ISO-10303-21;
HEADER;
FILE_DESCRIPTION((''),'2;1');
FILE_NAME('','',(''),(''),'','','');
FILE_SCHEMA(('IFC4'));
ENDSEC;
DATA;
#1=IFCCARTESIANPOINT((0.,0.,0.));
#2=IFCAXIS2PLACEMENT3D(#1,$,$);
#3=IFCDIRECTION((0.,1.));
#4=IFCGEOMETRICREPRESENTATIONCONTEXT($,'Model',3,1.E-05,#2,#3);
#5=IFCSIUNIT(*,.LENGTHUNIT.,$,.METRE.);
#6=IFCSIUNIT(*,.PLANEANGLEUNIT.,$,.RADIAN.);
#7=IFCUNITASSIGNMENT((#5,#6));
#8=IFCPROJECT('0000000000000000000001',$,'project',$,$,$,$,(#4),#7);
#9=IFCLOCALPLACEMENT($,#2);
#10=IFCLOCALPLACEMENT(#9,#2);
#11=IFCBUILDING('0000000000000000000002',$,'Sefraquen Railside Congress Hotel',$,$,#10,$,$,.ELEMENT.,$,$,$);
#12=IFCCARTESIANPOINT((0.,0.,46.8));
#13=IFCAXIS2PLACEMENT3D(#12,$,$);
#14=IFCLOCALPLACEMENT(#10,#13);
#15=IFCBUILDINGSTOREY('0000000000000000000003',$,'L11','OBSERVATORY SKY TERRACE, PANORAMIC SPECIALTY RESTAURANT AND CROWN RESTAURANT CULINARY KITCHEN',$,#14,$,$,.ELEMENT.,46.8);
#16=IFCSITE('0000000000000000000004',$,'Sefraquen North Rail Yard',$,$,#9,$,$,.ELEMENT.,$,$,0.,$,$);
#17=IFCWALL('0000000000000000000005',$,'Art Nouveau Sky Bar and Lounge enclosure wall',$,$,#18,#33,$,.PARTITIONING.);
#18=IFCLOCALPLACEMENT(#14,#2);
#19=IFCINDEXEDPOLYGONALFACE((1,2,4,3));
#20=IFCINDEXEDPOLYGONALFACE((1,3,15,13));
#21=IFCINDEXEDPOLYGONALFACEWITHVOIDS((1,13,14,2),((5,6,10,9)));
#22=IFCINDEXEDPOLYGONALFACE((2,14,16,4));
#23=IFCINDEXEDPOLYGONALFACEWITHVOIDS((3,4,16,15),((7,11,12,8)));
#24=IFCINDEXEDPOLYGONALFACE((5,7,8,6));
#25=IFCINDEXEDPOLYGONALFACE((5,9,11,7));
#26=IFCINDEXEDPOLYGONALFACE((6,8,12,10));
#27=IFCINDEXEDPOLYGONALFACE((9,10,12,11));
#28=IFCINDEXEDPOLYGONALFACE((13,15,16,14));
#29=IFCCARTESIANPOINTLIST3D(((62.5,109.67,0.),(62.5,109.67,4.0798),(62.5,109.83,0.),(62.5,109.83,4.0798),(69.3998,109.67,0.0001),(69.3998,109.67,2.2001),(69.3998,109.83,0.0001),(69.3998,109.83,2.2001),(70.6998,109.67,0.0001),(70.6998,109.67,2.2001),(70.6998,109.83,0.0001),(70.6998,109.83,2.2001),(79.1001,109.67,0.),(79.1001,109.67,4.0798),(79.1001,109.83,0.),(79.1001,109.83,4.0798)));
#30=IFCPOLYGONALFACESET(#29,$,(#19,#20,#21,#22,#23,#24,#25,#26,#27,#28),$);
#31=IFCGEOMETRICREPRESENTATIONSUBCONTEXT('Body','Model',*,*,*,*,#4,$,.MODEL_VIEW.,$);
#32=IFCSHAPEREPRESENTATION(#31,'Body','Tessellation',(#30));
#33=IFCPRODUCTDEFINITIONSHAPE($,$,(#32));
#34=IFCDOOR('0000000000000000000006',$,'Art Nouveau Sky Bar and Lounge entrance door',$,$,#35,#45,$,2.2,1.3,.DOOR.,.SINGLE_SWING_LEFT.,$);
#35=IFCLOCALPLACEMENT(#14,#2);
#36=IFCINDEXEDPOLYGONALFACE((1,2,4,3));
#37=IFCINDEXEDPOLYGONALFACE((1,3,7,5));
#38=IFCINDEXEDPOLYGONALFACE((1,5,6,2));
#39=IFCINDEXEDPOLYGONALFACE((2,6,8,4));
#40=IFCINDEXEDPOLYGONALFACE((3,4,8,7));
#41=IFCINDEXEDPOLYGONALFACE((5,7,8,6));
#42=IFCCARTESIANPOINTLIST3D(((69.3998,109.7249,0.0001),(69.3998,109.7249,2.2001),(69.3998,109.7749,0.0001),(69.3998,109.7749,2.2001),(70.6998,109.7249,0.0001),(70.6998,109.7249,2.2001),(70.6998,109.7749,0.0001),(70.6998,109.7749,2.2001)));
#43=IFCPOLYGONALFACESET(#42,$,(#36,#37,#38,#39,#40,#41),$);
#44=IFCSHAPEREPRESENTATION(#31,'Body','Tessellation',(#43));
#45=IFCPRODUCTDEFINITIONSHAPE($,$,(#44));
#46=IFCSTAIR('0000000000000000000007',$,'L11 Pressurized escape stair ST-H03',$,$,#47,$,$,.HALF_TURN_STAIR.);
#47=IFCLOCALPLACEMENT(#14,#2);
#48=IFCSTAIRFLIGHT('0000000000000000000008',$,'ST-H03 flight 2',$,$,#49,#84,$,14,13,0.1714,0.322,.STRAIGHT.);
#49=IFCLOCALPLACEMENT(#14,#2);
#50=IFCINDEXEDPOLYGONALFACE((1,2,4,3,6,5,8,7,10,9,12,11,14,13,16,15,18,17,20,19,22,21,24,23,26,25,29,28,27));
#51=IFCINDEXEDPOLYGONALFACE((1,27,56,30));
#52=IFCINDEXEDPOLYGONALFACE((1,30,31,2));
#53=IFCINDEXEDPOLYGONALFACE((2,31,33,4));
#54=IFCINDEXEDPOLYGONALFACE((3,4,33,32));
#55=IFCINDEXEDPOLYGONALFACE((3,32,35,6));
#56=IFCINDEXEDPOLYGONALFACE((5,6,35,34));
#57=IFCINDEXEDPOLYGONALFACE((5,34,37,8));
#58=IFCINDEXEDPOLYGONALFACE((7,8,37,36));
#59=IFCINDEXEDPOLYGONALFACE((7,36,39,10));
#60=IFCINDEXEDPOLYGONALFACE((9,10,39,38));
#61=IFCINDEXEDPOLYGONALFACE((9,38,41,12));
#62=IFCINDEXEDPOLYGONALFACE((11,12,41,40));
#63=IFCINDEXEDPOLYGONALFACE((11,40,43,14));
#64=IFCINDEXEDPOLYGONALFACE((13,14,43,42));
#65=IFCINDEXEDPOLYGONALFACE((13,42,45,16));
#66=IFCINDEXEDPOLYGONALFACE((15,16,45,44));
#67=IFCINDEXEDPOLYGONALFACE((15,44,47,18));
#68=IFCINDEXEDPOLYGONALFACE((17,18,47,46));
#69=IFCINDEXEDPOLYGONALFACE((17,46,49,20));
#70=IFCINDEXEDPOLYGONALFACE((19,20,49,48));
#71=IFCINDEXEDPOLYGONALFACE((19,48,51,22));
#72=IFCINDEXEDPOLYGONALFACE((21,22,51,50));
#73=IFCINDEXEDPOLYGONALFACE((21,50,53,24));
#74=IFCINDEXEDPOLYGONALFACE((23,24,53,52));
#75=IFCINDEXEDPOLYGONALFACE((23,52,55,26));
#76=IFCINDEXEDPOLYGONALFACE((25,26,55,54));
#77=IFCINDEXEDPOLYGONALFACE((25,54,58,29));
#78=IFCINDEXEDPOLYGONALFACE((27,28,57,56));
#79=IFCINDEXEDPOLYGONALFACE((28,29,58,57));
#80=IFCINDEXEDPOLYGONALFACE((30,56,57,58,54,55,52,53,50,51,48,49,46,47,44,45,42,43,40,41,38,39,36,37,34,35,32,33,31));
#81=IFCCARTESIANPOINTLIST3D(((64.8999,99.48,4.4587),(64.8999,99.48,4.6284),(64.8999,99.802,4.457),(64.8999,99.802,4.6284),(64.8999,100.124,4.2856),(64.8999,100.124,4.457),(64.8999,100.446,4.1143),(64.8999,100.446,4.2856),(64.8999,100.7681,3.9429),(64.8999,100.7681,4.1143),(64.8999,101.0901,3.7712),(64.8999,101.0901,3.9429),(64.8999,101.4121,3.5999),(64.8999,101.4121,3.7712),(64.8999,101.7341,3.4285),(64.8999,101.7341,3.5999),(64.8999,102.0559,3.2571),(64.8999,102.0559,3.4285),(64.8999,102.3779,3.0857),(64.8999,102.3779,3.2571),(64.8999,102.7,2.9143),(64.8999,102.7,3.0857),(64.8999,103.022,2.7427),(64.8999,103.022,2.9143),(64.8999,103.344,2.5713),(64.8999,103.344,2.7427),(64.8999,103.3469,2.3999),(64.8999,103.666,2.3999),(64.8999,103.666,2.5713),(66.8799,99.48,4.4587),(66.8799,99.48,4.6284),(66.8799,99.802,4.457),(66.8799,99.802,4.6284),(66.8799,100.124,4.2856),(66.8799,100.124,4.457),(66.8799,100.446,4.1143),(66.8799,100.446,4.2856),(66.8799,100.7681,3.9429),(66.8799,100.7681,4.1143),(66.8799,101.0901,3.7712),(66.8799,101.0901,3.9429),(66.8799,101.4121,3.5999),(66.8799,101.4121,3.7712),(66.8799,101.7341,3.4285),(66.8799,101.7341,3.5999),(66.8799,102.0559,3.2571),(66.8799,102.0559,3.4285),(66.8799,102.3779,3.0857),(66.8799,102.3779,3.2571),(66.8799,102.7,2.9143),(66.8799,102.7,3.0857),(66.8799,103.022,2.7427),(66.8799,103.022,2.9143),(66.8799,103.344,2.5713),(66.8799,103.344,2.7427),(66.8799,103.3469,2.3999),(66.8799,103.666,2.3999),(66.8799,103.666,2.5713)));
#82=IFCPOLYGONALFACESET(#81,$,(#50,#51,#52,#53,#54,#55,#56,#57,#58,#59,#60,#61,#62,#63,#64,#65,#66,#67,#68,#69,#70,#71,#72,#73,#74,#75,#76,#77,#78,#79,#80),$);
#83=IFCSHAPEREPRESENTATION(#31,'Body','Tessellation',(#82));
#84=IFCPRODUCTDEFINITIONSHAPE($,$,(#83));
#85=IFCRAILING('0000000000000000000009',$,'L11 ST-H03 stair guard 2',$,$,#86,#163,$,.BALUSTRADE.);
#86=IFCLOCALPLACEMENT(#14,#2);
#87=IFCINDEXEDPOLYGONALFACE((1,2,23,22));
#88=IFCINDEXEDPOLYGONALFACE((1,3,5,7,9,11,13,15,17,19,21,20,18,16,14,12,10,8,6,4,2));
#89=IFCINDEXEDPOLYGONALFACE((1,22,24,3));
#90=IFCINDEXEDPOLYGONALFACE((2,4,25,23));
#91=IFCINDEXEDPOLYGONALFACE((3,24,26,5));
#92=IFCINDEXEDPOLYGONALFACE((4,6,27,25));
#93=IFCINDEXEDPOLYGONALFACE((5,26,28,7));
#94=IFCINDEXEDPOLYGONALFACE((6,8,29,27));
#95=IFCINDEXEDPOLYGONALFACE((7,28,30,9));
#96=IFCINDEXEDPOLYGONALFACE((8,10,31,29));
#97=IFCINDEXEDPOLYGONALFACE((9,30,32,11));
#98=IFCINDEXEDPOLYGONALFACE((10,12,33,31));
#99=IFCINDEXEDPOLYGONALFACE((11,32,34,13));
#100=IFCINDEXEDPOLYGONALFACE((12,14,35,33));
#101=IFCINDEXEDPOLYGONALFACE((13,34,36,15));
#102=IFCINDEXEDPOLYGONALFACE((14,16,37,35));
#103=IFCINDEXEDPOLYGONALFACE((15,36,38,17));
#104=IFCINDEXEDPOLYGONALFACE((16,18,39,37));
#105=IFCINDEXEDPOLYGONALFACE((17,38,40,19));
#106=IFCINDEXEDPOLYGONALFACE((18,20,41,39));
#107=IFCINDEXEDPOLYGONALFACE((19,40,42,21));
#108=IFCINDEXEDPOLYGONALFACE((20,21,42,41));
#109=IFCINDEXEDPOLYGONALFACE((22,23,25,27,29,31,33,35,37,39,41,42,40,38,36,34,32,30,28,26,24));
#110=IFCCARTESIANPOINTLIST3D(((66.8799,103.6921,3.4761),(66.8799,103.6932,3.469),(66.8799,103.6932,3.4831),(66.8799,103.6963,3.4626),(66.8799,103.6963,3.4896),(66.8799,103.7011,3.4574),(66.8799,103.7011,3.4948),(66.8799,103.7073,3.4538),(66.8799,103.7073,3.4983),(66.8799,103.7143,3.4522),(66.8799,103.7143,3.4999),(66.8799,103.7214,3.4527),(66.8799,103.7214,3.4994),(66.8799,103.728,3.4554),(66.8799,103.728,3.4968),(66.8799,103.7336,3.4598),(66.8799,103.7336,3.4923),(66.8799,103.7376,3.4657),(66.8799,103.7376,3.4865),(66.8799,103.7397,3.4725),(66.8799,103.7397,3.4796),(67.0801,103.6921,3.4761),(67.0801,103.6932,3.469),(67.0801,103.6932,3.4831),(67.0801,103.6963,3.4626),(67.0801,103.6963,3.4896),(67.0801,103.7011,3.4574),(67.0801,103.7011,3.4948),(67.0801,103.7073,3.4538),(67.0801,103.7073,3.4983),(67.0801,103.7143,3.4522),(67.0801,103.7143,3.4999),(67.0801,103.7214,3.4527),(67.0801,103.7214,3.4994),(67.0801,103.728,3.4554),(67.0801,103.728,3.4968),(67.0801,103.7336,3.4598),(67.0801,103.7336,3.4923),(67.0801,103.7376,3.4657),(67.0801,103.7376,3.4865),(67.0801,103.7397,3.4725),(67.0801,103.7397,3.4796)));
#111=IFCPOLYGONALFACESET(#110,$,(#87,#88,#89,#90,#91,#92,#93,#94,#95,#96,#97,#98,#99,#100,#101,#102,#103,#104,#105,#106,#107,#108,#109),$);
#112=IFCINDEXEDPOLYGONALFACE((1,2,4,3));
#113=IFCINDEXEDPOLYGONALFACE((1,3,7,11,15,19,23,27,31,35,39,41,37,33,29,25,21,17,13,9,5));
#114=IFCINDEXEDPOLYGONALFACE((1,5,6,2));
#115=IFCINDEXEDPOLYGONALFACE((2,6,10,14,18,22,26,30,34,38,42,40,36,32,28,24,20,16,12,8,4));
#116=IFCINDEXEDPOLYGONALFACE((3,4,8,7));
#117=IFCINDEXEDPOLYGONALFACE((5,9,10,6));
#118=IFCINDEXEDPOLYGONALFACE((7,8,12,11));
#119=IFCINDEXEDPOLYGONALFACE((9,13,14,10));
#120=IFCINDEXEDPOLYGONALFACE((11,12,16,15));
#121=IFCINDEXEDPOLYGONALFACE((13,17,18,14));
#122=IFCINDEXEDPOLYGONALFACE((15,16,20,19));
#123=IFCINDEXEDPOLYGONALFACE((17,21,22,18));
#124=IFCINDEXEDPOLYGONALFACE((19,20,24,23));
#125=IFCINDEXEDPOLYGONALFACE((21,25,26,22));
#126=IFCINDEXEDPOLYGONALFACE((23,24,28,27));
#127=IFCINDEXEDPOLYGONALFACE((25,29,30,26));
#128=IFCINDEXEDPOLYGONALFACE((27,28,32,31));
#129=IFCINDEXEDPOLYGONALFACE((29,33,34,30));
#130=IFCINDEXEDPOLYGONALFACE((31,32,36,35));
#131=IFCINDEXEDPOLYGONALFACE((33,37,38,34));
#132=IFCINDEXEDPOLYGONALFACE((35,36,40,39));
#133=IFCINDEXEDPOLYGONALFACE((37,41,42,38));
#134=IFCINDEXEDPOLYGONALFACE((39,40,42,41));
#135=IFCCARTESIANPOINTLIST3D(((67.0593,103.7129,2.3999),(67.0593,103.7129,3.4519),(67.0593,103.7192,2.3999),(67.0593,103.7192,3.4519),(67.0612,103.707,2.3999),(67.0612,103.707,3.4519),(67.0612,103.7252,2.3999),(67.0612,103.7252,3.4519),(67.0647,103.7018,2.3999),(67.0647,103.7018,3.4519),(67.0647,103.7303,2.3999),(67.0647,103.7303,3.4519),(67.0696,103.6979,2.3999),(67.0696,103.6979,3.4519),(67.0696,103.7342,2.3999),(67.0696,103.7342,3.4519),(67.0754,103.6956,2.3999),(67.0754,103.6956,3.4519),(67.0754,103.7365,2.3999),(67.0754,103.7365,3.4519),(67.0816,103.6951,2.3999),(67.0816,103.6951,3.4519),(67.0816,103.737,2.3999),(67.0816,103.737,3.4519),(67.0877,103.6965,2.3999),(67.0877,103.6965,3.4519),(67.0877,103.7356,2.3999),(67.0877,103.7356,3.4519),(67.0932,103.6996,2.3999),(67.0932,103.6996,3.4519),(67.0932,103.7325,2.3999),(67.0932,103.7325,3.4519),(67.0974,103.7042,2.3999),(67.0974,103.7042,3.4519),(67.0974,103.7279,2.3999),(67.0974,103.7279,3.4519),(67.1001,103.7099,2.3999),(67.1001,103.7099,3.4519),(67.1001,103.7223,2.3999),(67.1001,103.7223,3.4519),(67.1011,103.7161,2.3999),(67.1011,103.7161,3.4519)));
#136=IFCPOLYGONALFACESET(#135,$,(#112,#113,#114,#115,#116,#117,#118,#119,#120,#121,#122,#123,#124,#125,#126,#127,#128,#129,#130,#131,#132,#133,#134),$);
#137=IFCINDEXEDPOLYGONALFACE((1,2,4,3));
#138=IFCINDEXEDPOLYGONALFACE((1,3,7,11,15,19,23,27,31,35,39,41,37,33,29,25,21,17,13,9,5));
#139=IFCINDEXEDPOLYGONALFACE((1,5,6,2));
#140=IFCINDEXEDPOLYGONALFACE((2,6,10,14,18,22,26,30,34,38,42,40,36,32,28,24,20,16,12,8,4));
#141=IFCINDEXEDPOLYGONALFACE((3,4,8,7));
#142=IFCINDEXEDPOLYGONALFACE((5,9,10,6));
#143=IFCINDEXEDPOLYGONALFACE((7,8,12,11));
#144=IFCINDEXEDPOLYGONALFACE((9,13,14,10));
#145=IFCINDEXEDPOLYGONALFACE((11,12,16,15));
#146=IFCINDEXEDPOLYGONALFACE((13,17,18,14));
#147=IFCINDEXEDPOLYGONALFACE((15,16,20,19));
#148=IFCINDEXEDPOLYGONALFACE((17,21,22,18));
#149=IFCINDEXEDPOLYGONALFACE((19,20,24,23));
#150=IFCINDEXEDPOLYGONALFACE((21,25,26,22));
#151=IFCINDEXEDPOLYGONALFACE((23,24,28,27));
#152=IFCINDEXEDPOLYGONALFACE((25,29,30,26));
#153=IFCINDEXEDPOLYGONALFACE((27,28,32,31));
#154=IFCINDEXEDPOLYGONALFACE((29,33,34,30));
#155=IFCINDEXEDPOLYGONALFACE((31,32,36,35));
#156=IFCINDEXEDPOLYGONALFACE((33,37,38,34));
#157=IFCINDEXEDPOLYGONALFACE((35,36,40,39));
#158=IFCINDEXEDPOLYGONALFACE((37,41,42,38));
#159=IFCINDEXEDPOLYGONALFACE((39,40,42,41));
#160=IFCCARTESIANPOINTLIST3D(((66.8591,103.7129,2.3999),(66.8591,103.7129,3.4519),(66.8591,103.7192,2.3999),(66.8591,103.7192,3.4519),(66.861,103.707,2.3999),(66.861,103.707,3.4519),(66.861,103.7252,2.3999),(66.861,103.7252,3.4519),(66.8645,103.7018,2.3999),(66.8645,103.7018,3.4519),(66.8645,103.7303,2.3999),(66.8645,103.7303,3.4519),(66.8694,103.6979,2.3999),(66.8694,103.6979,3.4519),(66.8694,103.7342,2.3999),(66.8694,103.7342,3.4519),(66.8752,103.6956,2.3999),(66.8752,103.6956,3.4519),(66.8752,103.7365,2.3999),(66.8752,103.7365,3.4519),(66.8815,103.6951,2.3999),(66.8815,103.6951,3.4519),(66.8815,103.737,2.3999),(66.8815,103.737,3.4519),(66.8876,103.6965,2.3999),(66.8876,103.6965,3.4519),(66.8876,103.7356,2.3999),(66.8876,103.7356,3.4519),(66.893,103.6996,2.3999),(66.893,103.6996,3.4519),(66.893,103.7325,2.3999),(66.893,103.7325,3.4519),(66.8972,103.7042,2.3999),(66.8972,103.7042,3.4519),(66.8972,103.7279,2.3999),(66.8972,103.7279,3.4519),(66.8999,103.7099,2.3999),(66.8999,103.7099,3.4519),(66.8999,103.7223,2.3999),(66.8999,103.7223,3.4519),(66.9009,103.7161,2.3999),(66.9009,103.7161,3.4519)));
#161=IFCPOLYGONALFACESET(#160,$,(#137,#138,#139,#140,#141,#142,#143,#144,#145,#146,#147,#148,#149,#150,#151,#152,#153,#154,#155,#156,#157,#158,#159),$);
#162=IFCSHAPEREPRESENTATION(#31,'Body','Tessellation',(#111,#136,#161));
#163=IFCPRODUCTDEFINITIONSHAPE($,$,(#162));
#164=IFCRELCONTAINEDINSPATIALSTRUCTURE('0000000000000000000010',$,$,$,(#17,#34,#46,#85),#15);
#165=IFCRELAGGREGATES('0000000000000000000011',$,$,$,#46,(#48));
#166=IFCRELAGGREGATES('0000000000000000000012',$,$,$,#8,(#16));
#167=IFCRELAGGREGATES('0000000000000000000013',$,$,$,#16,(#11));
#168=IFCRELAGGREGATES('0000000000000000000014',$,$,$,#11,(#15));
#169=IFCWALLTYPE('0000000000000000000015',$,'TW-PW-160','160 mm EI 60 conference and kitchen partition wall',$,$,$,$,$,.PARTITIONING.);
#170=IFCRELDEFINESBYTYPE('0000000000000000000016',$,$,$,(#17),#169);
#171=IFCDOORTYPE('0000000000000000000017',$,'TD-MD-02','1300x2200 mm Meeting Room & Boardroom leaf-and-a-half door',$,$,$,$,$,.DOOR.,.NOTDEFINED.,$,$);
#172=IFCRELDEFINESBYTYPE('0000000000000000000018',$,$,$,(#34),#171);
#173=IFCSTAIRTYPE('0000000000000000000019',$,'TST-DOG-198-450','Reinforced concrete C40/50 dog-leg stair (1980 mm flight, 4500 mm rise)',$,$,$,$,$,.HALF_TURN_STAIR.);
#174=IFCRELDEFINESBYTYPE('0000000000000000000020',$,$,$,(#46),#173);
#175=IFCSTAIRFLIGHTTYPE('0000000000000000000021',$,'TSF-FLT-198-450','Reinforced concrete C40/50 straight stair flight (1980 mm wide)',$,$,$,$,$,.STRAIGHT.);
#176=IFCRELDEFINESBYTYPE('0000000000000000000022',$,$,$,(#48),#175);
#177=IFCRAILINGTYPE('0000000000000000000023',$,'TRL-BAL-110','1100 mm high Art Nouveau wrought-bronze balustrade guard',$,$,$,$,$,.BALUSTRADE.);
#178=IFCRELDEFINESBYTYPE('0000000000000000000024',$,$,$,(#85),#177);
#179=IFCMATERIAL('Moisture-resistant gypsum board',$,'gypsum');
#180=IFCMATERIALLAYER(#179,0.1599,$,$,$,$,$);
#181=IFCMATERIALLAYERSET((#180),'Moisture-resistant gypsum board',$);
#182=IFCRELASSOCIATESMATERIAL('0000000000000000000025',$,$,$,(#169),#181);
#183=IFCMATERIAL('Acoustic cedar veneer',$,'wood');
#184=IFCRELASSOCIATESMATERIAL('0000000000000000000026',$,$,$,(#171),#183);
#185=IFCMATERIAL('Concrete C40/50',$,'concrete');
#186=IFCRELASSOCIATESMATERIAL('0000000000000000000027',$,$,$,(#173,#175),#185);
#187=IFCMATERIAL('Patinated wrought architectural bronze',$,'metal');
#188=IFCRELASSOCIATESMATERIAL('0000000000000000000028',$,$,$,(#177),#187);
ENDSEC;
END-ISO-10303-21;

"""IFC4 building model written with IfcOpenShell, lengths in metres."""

from ifc_helpers import new_model, si_unit, direction, frame, frame_2d, origin, origin_2d, place, context, subcontext, project, spatial, polyline, rectangle, circle, outline, extrude, material, layer, layer_set, type_object, element, fill, aggregate, save


model = new_model("IFC4")

# Units and contexts
model_context = context("Model", 3, precision=1e-05, world=origin(), true_north=direction((0.0, 1.0)))
body_context = subcontext(model_context, "Body", "Model", "MODEL_VIEW")
ifc_project = project(units=[si_unit("LENGTHUNIT", "METRE"), si_unit("PLANEANGLEUNIT", "RADIAN")], contexts=[model_context])

# Site, building, storey
site_placement = place(None, origin())
site = spatial("IfcSite", under=ifc_project, at=site_placement, Name="Sefraquen North Rail Yard", CompositionType="ELEMENT", RefElevation=0.0)
building_placement = place(site_placement, origin())
building = spatial("IfcBuilding", under=site, at=building_placement, Name="Sefraquen Railside Congress Hotel", CompositionType="ELEMENT")
storey_placement = place(building_placement, frame((0.0, 0.0, 46.8)))
storey = spatial("IfcBuildingStorey", under=building, at=storey_placement, Name="L11", Description="OBSERVATORY SKY TERRACE, PANORAMIC SPECIALTY RESTAURANT AND CROWN RESTAURANT CULINARY KITCHEN", CompositionType="ELEMENT", Elevation=46.8)

# Wall, opening, door
ifc_material_1 = material(Name="Concrete C40/50", Category="concrete")
ifc_material_2 = material(Name="Moisture-resistant gypsum board", Category="gypsum")
ifc_layer_1 = layer(ifc_material_2, 0.1599)
ifc_layer_set_1 = layer_set([ifc_layer_1], Name="Moisture-resistant gypsum board")
wall_type_1 = type_object("IfcWallType", Name="TW-PW-160", Description="160 mm EI 60 conference and kitchen partition wall", PredefinedType="PARTITIONING", material=ifc_layer_set_1)
wall_1_placement = place(storey_placement, frame((62.5, 109.75, 0.0), z_axis=(0.0, 0.0, 1.0), x_axis=(1.0, 0.0, 0.0)))
wall_1 = element("IfcWall", 1, at=wall_1_placement, inside=storey, type_object=wall_type_1, Name="Art Nouveau Sky Bar and Lounge enclosure wall", PredefinedType="PARTITIONING", context=body_context, shape_type="SweptSolid", body=[
    extrude(rectangle(XDim=16.6001, YDim=0.1599, at=frame_2d((8.3, 0.0))), origin(), (0.0, 0.0, 1.0), 4.0798),
])
opening_1_placement = place(wall_1_placement, frame((6.8999, 0.0, 0.0)))
opening_1 = element("IfcOpeningElement", 2, at=opening_1_placement, cuts=wall_1, PredefinedType="OPENING", context=body_context, shape_type="SweptSolid", body=[
    extrude(rectangle(XDim=1.3, YDim=2.2, at=frame_2d((0.6499, 1.1001))), frame((0.0, 0.0898, 0.0), z_axis=(0.0, -1.0, 0.0), x_axis=(1.0, 0.0, 0.0)), (0.0, 0.0, 1.0), 0.1799),
])
ifc_material_3 = material(Name="Acoustic cedar veneer", Category="wood")
door_type_1 = type_object("IfcDoorType", Name="TD-MD-02", Description="1300x2200 mm Meeting Room & Boardroom leaf-and-a-half door", OperationType="NOTDEFINED", PredefinedType="DOOR", material=ifc_material_3)
door_1_placement = place(opening_1_placement, origin())
door_1 = element("IfcDoor", 3, at=door_1_placement, inside=storey, type_object=door_type_1, Name="Art Nouveau Sky Bar and Lounge entrance door", OperationType="SINGLE_SWING_LEFT", OverallHeight=2.2, OverallWidth=1.3, PredefinedType="DOOR", context=body_context, shape_type="SweptSolid", body=[
    extrude(rectangle(XDim=1.3, YDim=2.2, at=frame_2d((0.6499, 1.1001))), frame((0.0, 0.0249, 0.0), z_axis=(0.0, -1.0, 0.0), x_axis=(1.0, 0.0, 0.0)), (0.0, 0.0, 1.0), 0.05),
])
fill(opening_1, door_1)

# Stair, stair flight
stair_type = type_object("IfcStairType", Name="TST-DOG-198-450", Description="Reinforced concrete C40/50 dog-leg stair (1980 mm flight, 4500 mm rise)", PredefinedType="HALF_TURN_STAIR", material=ifc_material_1)
stair_placement = place(storey_placement, origin())
stair = element("IfcStair", 4, at=stair_placement, inside=storey, type_object=stair_type, Name="L11 Pressurized escape stair ST-H03", PredefinedType="HALF_TURN_STAIR")
stair_flight_type = type_object("IfcStairFlightType", Name="TSF-FLT-198-450", Description="Reinforced concrete C40/50 straight stair flight (1980 mm wide)", PredefinedType="STRAIGHT", material=ifc_material_1)
stair_flight_placement = place(storey_placement, frame((65.8899, 103.666, 2.3999), z_axis=(0.0, 0.0, 1.0), x_axis=(0.0, -1.0, 0.0)))
stair_flight = element("IfcStairFlight", 5, at=stair_flight_placement, type_object=stair_flight_type, Name="ST-H03 flight 2", NumberOfRisers=14, NumberOfTreads=13, PredefinedType="STRAIGHT", RiserHeight=0.1714, TreadLength=0.322, context=body_context, shape_type="SweptSolid", body=[
    extrude(outline(polyline([(0.0, 0.0), (0.0, 0.1714), (0.322, 0.1714), (0.322, 0.3428), (0.644, 0.3428), (0.644, 0.5144), (0.9661, 0.5144), (0.9661, 0.6858), (1.2881, 0.6858), (1.2881, 0.8572), (1.6101, 0.8572), (1.6101, 1.0286), (1.9319, 1.0286), (1.9319, 1.2), (2.2539, 1.2), (2.2539, 1.3713), (2.5759, 1.3713), (2.5759, 1.543), (2.8979, 1.543), (2.8979, 1.7144), (3.22, 1.7144), (3.22, 1.8857), (3.542, 1.8857), (3.542, 2.0571), (3.864, 2.0571), (3.864, 2.2285), (4.186, 2.2285), (4.186, 2.3999), (4.186, 2.0588), (0.3191, 0.0), (0.0, 0.0)])), frame((0.0, 0.99, 0.0), z_axis=(0.0, -1.0, 0.0), x_axis=(1.0, 0.0, 0.0)), (0.0, 0.0, 1.0), 1.98),
])
aggregate(stair, [stair_flight])

# Railing
ifc_material_4 = material(Name="Patinated wrought architectural bronze", Category="metal")
railing_type_1 = type_object("IfcRailingType", Name="TRL-BAL-110", Description="1100 mm high Art Nouveau wrought-bronze balustrade guard", PredefinedType="BALUSTRADE", material=ifc_material_4)
railing_1_placement = place(storey_placement, frame((67.0801, 103.7161, 2.3999)))
element("IfcRailing", 6, at=railing_1_placement, inside=storey, type_object=railing_type_1, Name="L11 ST-H03 stair guard 2", PredefinedType="BALUSTRADE", context=body_context, shape_type="SweptSolid", body=[
    extrude(circle(Radius=0.0239, at=origin_2d()), frame((0.0, 0.0, 1.0762), z_axis=(-1.0, 0.0, 0.0), x_axis=(0.0, -1.0, 0.0)), (0.0, 0.0, 1.0), 0.2002),
    extrude(circle(Radius=0.021, at=origin_2d()), origin(), (0.0, 0.0, 1.0), 1.052),
    extrude(circle(Radius=0.021, at=origin_2d()), frame((-0.2002, 0.0, 0.0)), (0.0, 0.0, 1.0), 1.052),
])

save(model, "model.ifc")
